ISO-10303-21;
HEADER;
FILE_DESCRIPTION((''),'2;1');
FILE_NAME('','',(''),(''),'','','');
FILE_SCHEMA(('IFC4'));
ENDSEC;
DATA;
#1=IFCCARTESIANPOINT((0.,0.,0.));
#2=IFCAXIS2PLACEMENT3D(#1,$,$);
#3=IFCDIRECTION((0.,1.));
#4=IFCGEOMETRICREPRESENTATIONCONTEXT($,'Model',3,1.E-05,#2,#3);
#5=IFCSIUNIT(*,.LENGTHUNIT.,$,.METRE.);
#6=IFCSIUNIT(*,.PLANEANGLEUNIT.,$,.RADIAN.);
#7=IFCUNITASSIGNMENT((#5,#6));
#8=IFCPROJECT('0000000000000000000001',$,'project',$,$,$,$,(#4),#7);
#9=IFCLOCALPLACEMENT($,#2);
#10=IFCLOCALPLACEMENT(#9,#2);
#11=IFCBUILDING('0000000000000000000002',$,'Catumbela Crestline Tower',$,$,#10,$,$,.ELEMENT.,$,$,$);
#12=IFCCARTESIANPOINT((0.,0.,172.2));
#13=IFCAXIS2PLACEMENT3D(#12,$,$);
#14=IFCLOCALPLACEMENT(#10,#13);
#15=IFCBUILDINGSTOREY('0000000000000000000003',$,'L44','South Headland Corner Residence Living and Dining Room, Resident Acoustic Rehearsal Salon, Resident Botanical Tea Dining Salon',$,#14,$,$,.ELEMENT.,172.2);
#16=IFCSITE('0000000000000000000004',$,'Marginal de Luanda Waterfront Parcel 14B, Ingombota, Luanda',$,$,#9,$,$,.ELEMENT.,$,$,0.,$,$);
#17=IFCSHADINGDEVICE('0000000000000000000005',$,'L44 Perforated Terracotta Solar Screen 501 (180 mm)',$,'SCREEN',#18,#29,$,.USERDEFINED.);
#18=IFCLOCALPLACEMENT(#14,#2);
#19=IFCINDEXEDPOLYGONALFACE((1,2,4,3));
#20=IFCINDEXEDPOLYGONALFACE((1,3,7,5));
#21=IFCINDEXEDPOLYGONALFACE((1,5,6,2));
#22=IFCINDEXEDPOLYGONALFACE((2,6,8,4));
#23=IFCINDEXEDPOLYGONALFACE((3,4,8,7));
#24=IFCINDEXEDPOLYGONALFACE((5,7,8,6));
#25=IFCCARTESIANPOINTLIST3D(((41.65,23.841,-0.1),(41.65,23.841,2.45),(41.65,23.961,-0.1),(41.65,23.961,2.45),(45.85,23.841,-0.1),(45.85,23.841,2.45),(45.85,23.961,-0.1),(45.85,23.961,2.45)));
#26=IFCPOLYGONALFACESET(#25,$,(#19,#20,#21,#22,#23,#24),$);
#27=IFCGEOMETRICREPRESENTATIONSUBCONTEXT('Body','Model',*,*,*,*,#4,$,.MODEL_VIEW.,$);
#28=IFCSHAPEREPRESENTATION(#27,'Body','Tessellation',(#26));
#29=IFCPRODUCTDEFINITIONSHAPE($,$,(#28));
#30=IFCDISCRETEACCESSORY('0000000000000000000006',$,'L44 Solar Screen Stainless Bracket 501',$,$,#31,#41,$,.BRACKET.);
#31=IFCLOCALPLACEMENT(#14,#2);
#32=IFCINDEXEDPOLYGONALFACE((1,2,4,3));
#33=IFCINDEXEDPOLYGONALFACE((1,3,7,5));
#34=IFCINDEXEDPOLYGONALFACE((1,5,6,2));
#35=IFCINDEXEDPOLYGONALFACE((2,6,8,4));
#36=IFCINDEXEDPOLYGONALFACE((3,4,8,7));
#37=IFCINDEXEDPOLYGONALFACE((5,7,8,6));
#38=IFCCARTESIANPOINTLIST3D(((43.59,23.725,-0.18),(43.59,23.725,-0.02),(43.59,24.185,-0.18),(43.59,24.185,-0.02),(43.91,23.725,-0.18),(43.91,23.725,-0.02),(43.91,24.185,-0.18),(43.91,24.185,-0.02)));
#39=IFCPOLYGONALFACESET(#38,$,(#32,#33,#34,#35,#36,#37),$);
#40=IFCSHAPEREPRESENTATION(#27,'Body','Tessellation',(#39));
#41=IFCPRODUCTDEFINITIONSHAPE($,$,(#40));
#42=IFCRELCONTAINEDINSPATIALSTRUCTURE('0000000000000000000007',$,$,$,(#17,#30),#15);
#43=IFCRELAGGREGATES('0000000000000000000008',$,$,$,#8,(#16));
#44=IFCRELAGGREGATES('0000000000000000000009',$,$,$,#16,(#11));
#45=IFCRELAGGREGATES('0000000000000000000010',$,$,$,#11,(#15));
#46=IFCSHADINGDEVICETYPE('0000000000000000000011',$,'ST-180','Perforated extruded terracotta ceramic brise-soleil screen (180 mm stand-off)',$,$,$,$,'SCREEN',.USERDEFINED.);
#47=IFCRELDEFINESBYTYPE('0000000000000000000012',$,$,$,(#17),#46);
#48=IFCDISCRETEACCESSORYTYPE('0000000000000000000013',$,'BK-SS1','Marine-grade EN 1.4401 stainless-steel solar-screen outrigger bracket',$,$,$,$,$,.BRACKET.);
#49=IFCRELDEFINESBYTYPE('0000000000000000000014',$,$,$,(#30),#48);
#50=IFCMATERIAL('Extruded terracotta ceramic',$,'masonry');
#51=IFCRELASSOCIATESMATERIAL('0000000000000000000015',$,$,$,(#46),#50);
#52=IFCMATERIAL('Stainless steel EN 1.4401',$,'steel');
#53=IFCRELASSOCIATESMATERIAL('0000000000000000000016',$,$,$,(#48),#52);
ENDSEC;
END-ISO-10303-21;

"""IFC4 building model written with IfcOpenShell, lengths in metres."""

from ifc_helpers import new_model, si_unit, direction, frame, origin, origin_2d, place, context, subcontext, project, spatial, rectangle, extrude, material, type_object, element, save


model = new_model("IFC4")

# Units and contexts
model_context = context("Model", 3, precision=1e-05, world=origin(), true_north=direction((0.0, 1.0)))
body_context = subcontext(model_context, "Body", "Model", "MODEL_VIEW")
ifc_project = project(units=[si_unit("LENGTHUNIT", "METRE"), si_unit("PLANEANGLEUNIT", "RADIAN")], contexts=[model_context])

# Site, building, storey
site_placement = place(None, origin())
site = spatial("IfcSite", under=ifc_project, at=site_placement, Name="Marginal de Luanda Waterfront Parcel 14B, Ingombota, Luanda", CompositionType="ELEMENT", RefElevation=0.0)
building_placement = place(site_placement, origin())
building = spatial("IfcBuilding", under=site, at=building_placement, Name="Catumbela Crestline Tower", CompositionType="ELEMENT")
storey_placement = place(building_placement, frame((0.0, 0.0, 172.2)))
storey = spatial("IfcBuildingStorey", under=building, at=storey_placement, Name="L44", Description="South Headland Corner Residence Living and Dining Room, Resident Acoustic Rehearsal Salon, Resident Botanical Tea Dining Salon", CompositionType="ELEMENT", Elevation=172.2)

# Shared definitions
ifc_material_1 = material(Name="Stainless steel EN 1.4401", Category="steel")

# Shading device
ifc_material_2 = material(Name="Extruded terracotta ceramic", Category="masonry")
shading_device_type = type_object("IfcShadingDeviceType", Name="ST-180", Description="Perforated extruded terracotta ceramic brise-soleil screen (180 mm stand-off)", ElementType="SCREEN", PredefinedType="USERDEFINED", material=ifc_material_2)
shading_device_placement = place(storey_placement, frame((43.75, 23.901, -0.1), z_axis=(0.0, 0.0, 1.0), x_axis=(1.0, 0.0, 0.0)))
element("IfcShadingDevice", 1, at=shading_device_placement, inside=storey, type_object=shading_device_type, Name="L44 Perforated Terracotta Solar Screen 501 (180 mm)", ObjectType="SCREEN", PredefinedType="USERDEFINED", context=body_context, shape_type="SweptSolid", body=[
    extrude(rectangle(XDim=4.2, YDim=0.12, at=origin_2d()), origin(), (0.0, 0.0, 1.0), 2.55),
])

# Discrete accessory
discrete_accessory_type = type_object("IfcDiscreteAccessoryType", Name="BK-SS1", Description="Marine-grade EN 1.4401 stainless-steel solar-screen outrigger bracket", PredefinedType="BRACKET", material=ifc_material_1)
discrete_accessory_placement = place(storey_placement, frame((43.75, 23.955, -0.18), z_axis=(0.0, 0.0, 1.0), x_axis=(1.0, 0.0, 0.0)))
element("IfcDiscreteAccessory", 2, at=discrete_accessory_placement, inside=storey, type_object=discrete_accessory_type, Name="L44 Solar Screen Stainless Bracket 501", PredefinedType="BRACKET", context=body_context, shape_type="SweptSolid", body=[
    extrude(rectangle(XDim=0.32, YDim=0.46, at=origin_2d()), origin(), (0.0, 0.0, 1.0), 0.16),
])

save(model, "model.ifc")
